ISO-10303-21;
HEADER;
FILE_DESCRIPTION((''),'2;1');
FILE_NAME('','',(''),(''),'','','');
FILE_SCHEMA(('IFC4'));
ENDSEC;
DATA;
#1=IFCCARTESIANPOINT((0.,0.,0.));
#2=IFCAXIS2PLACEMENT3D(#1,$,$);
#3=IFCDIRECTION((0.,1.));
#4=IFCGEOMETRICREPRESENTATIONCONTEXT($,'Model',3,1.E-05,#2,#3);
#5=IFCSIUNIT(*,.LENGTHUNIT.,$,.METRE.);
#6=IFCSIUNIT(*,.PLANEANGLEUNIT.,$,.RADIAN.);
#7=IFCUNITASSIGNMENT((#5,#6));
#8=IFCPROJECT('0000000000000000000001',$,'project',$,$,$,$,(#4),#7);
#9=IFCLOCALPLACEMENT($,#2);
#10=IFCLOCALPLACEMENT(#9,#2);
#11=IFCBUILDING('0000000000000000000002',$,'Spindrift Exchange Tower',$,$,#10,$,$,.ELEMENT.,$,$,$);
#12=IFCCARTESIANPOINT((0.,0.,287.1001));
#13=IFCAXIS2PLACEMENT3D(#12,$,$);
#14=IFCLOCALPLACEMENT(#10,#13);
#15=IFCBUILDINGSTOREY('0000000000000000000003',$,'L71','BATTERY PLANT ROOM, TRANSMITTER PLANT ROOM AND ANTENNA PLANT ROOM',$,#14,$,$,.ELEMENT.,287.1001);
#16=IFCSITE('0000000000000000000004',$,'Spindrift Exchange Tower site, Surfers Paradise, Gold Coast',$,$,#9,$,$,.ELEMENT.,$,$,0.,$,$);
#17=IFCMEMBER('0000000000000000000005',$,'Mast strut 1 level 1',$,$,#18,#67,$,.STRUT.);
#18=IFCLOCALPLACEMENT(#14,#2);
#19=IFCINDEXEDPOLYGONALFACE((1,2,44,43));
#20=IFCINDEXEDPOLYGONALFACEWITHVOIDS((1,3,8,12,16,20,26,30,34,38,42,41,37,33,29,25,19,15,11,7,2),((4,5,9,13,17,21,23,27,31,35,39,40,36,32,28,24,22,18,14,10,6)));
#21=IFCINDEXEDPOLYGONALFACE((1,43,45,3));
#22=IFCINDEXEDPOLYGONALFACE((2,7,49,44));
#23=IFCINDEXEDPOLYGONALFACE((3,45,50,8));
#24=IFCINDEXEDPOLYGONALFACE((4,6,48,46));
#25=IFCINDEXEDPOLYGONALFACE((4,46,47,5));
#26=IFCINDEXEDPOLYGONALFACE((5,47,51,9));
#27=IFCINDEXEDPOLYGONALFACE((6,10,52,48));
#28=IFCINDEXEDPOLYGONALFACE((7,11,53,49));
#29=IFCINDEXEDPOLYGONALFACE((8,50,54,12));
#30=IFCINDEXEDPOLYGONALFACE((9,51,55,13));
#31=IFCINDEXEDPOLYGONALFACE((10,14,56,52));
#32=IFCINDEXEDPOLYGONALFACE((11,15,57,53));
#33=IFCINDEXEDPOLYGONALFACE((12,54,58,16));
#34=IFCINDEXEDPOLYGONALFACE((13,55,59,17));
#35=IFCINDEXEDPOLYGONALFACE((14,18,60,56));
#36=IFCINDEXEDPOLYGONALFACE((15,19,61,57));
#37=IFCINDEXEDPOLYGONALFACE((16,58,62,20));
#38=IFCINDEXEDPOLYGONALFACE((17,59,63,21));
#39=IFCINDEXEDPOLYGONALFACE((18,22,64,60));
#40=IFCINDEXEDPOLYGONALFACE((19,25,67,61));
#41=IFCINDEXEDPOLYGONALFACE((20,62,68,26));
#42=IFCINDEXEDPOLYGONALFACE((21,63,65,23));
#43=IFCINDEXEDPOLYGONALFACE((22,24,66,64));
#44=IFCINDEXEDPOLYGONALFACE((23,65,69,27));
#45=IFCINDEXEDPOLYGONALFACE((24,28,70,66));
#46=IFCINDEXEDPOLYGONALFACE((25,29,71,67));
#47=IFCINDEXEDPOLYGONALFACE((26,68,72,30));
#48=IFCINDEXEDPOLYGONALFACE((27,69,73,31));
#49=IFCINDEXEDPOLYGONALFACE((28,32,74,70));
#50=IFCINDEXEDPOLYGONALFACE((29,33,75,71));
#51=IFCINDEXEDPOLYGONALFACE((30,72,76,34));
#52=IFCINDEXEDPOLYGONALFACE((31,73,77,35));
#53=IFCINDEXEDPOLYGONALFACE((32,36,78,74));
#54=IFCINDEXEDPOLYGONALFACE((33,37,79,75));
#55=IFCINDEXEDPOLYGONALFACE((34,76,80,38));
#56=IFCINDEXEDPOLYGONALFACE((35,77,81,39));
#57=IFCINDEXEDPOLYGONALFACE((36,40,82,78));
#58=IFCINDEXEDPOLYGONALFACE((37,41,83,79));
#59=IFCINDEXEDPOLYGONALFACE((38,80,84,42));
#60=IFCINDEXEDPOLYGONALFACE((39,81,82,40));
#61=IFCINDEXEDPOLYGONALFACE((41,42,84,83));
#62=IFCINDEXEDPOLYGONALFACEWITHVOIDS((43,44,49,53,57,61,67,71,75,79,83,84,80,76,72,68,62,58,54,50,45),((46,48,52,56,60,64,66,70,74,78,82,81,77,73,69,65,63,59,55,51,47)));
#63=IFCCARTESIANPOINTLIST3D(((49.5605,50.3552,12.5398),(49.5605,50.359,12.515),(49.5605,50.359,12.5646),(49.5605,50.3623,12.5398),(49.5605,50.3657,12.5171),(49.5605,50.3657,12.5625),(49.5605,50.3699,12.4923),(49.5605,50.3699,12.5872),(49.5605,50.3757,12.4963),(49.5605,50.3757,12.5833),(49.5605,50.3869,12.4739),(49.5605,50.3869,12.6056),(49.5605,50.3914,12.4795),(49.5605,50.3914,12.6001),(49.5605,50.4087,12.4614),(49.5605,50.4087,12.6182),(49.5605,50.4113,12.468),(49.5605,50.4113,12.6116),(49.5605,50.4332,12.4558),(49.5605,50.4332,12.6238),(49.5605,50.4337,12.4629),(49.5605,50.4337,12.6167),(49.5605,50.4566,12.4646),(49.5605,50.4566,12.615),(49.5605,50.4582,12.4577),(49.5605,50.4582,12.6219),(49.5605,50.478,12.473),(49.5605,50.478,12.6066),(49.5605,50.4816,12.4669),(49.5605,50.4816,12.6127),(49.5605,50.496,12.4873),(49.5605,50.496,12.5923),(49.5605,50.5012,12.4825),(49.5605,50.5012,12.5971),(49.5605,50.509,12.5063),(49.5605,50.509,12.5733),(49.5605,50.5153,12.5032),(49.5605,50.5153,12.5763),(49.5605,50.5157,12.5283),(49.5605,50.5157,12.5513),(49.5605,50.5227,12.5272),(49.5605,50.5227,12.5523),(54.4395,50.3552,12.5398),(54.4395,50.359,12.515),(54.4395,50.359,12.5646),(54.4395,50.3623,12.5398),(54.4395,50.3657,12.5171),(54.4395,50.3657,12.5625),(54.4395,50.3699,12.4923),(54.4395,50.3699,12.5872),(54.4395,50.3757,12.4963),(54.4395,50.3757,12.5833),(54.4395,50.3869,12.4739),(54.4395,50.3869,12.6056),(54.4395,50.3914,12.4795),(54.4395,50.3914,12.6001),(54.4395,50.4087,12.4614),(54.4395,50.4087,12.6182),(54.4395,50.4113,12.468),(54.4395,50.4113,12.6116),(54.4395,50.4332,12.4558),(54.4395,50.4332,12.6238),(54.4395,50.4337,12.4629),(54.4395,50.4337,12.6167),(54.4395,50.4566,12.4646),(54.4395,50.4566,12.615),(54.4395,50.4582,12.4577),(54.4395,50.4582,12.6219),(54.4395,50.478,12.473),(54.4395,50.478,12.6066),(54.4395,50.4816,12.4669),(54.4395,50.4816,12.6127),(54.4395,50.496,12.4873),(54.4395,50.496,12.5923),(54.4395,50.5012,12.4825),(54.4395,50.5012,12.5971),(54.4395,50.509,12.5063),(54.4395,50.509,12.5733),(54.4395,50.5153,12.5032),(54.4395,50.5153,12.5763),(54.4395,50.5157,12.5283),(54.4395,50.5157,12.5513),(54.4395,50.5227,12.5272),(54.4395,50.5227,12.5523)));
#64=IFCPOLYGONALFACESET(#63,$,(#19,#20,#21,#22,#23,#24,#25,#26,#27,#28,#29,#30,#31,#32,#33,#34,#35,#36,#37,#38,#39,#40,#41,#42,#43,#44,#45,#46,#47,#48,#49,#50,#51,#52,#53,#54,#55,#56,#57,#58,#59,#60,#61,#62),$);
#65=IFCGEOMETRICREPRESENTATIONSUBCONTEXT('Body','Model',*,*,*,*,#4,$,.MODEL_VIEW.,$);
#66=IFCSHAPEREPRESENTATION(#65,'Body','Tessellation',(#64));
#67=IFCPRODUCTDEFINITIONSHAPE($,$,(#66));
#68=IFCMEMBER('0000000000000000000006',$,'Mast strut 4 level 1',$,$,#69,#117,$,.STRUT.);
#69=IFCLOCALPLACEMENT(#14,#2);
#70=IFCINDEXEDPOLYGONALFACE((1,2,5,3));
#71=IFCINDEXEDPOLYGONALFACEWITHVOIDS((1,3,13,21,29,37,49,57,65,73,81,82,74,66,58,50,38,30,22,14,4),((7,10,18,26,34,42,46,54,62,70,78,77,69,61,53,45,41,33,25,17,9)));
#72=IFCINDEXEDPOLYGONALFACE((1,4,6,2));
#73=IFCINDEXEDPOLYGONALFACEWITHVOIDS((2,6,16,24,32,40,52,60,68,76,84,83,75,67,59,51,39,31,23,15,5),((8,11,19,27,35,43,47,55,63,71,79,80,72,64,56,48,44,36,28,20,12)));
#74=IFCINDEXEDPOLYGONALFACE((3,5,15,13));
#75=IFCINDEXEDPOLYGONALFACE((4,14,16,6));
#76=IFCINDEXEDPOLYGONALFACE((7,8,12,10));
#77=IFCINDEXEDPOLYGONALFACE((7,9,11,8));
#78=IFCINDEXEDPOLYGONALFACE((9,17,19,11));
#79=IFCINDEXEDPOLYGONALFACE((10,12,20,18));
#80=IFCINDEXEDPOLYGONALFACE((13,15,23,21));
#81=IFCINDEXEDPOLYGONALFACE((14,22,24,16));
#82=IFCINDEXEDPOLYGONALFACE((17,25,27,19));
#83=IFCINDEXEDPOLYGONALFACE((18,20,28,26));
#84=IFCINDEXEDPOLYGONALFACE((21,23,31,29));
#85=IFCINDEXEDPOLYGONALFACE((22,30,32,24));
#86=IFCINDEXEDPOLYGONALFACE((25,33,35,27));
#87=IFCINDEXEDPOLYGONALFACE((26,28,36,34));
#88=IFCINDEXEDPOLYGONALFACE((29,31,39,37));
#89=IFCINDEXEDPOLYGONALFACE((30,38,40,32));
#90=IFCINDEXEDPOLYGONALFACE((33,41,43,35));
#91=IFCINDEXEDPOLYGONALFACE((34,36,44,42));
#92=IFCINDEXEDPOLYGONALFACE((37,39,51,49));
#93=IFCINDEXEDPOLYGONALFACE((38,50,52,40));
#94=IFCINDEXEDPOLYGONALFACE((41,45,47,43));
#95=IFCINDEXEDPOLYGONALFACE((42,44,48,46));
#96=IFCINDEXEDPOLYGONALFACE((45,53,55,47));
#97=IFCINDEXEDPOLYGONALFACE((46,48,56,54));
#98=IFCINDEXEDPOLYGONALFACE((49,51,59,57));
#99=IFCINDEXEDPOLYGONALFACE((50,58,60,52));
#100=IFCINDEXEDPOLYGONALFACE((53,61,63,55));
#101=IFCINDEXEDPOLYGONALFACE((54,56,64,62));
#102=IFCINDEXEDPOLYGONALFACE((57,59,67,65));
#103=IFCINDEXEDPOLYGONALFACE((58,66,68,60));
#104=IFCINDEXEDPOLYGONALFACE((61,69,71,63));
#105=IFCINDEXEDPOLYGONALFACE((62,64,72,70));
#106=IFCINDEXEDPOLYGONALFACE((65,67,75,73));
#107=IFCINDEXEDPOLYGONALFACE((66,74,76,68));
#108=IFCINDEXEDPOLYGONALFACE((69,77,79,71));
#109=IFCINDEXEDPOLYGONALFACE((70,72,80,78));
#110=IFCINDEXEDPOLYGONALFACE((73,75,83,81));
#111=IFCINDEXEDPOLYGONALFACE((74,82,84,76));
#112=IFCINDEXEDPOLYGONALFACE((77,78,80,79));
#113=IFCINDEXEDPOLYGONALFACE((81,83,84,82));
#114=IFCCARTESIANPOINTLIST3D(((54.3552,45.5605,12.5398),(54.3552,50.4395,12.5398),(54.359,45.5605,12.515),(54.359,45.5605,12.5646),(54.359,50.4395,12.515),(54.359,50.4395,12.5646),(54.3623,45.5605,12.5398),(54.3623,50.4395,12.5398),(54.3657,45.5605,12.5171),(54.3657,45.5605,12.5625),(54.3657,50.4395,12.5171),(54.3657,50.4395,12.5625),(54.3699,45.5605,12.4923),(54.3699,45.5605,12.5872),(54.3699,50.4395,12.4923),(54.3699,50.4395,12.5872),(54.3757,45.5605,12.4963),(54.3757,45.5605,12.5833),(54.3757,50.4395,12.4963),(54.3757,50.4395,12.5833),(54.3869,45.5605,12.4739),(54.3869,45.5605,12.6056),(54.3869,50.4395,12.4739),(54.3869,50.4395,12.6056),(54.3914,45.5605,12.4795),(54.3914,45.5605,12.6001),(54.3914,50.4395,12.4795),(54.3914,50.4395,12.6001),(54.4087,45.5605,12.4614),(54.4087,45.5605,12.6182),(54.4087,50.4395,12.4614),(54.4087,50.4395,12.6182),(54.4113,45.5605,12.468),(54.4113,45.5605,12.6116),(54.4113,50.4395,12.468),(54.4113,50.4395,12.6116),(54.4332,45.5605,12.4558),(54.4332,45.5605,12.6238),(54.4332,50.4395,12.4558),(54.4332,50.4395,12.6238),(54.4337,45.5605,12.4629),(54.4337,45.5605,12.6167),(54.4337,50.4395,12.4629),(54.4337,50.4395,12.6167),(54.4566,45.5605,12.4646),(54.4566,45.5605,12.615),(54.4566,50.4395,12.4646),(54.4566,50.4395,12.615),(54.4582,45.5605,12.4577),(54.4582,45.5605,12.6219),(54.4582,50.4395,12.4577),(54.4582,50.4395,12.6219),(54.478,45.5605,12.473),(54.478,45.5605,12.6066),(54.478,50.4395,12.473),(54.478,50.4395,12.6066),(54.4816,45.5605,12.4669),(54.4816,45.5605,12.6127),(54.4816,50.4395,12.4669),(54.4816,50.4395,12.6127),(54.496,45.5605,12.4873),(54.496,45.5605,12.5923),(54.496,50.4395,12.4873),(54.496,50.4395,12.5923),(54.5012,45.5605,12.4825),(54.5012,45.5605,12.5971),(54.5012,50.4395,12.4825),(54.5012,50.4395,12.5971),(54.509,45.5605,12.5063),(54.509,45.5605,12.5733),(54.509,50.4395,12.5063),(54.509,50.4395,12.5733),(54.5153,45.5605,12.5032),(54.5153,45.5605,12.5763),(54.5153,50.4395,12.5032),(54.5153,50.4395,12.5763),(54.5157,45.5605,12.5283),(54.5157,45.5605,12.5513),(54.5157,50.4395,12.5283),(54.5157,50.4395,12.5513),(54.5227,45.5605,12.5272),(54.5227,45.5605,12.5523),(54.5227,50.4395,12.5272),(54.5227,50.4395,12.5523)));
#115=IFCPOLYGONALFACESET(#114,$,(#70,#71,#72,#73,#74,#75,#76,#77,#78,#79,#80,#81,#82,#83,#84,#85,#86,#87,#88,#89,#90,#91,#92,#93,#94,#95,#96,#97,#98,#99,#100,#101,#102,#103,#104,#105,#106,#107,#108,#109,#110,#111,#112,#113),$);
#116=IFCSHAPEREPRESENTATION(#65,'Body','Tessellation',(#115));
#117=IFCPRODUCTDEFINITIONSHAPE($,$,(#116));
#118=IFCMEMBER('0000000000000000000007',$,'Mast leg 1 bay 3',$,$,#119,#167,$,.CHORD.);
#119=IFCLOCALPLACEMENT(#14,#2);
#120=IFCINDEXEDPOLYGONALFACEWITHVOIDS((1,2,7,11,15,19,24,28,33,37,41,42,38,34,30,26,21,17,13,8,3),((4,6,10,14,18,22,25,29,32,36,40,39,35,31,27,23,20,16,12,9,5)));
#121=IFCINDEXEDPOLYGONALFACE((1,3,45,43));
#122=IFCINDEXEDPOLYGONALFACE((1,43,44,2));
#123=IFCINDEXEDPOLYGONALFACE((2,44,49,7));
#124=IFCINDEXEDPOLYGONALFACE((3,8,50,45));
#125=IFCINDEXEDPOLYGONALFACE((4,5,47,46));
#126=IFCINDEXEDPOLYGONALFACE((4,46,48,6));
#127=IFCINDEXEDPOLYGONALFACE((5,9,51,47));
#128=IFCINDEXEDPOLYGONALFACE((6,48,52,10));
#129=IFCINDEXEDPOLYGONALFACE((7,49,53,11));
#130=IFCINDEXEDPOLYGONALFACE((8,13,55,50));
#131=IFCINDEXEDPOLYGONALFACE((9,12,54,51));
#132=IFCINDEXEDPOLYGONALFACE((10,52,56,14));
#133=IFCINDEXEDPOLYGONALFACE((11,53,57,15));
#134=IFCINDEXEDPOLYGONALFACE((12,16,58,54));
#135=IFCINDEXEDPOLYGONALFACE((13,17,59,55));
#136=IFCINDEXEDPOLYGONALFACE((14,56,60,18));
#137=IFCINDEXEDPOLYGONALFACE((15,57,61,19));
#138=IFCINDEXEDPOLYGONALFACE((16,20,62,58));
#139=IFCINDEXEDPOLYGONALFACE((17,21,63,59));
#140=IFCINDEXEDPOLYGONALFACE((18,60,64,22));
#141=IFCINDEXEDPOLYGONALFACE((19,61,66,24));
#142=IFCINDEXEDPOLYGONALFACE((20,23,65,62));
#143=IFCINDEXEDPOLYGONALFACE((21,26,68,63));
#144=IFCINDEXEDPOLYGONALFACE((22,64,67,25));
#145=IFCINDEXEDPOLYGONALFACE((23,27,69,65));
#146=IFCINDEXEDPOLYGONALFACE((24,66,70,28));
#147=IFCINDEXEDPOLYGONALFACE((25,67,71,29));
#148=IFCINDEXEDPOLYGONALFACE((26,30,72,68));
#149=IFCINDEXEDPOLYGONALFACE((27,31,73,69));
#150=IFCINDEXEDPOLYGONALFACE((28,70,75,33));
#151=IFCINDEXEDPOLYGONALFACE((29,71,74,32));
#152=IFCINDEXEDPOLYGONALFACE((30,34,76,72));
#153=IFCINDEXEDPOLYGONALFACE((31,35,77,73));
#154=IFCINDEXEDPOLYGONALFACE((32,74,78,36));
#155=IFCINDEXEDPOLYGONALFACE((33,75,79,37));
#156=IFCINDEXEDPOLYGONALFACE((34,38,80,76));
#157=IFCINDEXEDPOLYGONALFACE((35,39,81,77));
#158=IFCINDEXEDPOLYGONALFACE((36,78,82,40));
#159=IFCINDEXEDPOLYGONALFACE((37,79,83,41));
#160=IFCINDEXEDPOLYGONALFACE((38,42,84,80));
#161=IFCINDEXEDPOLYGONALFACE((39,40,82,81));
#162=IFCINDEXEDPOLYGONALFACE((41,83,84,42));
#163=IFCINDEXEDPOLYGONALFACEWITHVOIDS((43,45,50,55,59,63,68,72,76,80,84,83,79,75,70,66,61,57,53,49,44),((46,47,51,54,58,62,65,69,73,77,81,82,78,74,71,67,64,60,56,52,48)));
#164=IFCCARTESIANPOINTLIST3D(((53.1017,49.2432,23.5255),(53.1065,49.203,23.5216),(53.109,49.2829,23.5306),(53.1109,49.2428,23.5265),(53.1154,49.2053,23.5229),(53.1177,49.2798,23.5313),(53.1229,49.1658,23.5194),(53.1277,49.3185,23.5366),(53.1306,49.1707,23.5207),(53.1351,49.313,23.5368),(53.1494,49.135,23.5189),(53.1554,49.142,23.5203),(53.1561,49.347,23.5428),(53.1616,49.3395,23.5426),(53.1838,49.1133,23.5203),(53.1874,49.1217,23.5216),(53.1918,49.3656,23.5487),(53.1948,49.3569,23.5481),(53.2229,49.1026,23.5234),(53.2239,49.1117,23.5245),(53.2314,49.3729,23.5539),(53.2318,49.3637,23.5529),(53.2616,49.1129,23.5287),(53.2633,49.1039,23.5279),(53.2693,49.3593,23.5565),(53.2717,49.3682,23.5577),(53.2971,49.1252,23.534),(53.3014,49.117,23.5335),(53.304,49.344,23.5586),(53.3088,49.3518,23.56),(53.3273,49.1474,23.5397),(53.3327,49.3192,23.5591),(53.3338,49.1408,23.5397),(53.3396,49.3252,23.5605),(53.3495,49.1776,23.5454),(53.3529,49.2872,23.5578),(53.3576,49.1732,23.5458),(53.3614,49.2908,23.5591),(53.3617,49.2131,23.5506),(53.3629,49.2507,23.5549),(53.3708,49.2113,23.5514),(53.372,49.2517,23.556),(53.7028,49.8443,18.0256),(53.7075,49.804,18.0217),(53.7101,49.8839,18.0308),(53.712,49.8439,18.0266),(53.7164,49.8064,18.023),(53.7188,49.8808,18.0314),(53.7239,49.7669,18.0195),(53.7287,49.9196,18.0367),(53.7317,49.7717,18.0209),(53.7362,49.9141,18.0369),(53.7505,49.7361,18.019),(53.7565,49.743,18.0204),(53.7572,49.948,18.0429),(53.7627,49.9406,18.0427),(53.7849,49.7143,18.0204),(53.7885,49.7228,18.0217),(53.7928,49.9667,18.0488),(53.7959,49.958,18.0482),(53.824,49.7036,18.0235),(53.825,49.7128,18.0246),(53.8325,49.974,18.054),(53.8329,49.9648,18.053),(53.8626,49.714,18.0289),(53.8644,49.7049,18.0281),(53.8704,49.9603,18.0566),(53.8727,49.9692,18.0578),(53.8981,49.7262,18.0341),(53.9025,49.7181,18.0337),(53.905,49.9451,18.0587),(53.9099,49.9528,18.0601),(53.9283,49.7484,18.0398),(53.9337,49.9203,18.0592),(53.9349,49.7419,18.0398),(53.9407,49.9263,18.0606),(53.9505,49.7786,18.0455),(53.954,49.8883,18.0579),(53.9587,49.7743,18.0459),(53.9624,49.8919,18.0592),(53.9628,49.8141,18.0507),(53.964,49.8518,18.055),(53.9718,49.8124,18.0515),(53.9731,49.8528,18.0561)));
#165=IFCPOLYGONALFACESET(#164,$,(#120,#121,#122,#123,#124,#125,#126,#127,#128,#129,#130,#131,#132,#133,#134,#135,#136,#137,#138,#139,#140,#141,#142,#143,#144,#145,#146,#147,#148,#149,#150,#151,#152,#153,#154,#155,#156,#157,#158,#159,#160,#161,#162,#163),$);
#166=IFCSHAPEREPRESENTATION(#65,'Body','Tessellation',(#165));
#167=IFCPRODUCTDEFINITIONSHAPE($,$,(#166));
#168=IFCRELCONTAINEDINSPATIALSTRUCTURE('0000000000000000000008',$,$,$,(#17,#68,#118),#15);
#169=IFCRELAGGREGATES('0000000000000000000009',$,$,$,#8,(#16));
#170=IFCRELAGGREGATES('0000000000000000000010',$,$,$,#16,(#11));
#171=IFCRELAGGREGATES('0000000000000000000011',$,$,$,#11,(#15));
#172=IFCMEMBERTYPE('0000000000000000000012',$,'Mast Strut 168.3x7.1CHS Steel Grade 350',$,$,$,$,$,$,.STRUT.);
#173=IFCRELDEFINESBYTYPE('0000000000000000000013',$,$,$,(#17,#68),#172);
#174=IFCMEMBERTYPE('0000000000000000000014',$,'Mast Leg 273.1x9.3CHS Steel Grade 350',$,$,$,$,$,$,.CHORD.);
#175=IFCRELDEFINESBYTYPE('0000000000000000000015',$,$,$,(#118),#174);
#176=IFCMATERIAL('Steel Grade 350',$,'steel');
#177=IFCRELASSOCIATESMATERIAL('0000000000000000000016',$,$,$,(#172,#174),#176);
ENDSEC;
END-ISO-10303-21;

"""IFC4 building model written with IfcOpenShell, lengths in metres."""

from ifc_helpers import new_model, si_unit, direction, frame, origin, origin_2d, place, context, subcontext, project, spatial, hollow_circle, extrude, source, transform, mapped, material, material_profile, profile_set, type_object, element, save


model = new_model("IFC4")

# Units and contexts
model_context = context("Model", 3, precision=1e-05, world=origin(), true_north=direction((0.0, 1.0)))
body_context = subcontext(model_context, "Body", "Model", "MODEL_VIEW")
ifc_project = project(units=[si_unit("LENGTHUNIT", "METRE"), si_unit("PLANEANGLEUNIT", "RADIAN")], contexts=[model_context])

# Site, building, storey
site_placement = place(None, origin())
site = spatial("IfcSite", under=ifc_project, at=site_placement, Name="Spindrift Exchange Tower site, Surfers Paradise, Gold Coast", CompositionType="ELEMENT", RefElevation=0.0)
building_placement = place(site_placement, origin())
building = spatial("IfcBuilding", under=site, at=building_placement, Name="Spindrift Exchange Tower", CompositionType="ELEMENT")
storey_placement = place(building_placement, frame((0.0, 0.0, 287.1001)))
storey = spatial("IfcBuildingStorey", under=building, at=storey_placement, Name="L71", Description="BATTERY PLANT ROOM, TRANSMITTER PLANT ROOM AND ANTENNA PLANT ROOM", CompositionType="ELEMENT", Elevation=287.1001)

# Members
ifc_material = material(Name="Steel Grade 350", Category="steel")
ifc_material_profile_1 = material_profile(ifc_material, hollow_circle(Radius=0.0842, WallThickness=0.0071, at=origin_2d()), Name="168.3x7.1CHS")
ifc_profile_set_1 = profile_set([ifc_material_profile_1], Name="Steel Grade 350")
member_type_1 = type_object("IfcMemberType", Name="Mast Strut 168.3x7.1CHS Steel Grade 350", PredefinedType="STRUT", material=ifc_profile_set_1)
shared_shape_1 = source(origin(), body_context, "Body", "SweptSolid", [
    extrude(hollow_circle(Radius=0.0842, WallThickness=0.0071, at=origin_2d()), origin(), (0.0, 0.0, 1.0), 4.8789),
])
for number, where, z_axis, x_axis, name in (
    (1, (54.4395, 50.4395, 12.5398), (-1.0, 0.0, 0.0), (0.0, -1.0, 0.0), "Mast strut 1 level 1"),
    (2, (54.4395, 45.5605, 12.5398), (0.0, 1.0, 0.0), (-1.0, 0.0, 0.0), "Mast strut 4 level 1"),
):
    element("IfcMember", number, at=place(storey_placement, frame(where, z_axis=z_axis, x_axis=x_axis)), inside=storey, type_object=member_type_1, Name=name, PredefinedType="STRUT", context=body_context, shape_type="MappedRepresentation", body=[
        mapped(shared_shape_1, transform((0.0, 0.0, 0.0), scale=1.0)),
    ])
ifc_material_profile_2 = material_profile(ifc_material, hollow_circle(Radius=0.1365, WallThickness=0.0093, at=origin_2d()), Name="273.1x9.3CHS")
ifc_profile_set_2 = profile_set([ifc_material_profile_2], Name="Steel Grade 350")
member_type_2 = type_object("IfcMemberType", Name="Mast Leg 273.1x9.3CHS Steel Grade 350", PredefinedType="CHORD", material=ifc_profile_set_2)
shared_shape_2 = source(origin(), body_context, "Body", "SweptSolid", [
    extrude(hollow_circle(Radius=0.1365, WallThickness=0.0093, at=origin_2d()), origin(), (0.0, 0.0, 1.0), 5.5652),
])
for number, where, z_axis, x_axis, name in (
    (3, (53.8384, 49.8384, 18.0398), (-0.108004, -0.108004, 0.988266), (0.707107, -0.707107, 0.0), "Mast leg 1 bay 3"),
):
    element("IfcMember", number, at=place(storey_placement, frame(where, z_axis=z_axis, x_axis=x_axis)), inside=storey, type_object=member_type_2, Name=name, PredefinedType="CHORD", context=body_context, shape_type="MappedRepresentation", body=[
        mapped(shared_shape_2, transform((0.0, 0.0, 0.0), scale=1.0)),
    ])

save(model, "model.ifc")
